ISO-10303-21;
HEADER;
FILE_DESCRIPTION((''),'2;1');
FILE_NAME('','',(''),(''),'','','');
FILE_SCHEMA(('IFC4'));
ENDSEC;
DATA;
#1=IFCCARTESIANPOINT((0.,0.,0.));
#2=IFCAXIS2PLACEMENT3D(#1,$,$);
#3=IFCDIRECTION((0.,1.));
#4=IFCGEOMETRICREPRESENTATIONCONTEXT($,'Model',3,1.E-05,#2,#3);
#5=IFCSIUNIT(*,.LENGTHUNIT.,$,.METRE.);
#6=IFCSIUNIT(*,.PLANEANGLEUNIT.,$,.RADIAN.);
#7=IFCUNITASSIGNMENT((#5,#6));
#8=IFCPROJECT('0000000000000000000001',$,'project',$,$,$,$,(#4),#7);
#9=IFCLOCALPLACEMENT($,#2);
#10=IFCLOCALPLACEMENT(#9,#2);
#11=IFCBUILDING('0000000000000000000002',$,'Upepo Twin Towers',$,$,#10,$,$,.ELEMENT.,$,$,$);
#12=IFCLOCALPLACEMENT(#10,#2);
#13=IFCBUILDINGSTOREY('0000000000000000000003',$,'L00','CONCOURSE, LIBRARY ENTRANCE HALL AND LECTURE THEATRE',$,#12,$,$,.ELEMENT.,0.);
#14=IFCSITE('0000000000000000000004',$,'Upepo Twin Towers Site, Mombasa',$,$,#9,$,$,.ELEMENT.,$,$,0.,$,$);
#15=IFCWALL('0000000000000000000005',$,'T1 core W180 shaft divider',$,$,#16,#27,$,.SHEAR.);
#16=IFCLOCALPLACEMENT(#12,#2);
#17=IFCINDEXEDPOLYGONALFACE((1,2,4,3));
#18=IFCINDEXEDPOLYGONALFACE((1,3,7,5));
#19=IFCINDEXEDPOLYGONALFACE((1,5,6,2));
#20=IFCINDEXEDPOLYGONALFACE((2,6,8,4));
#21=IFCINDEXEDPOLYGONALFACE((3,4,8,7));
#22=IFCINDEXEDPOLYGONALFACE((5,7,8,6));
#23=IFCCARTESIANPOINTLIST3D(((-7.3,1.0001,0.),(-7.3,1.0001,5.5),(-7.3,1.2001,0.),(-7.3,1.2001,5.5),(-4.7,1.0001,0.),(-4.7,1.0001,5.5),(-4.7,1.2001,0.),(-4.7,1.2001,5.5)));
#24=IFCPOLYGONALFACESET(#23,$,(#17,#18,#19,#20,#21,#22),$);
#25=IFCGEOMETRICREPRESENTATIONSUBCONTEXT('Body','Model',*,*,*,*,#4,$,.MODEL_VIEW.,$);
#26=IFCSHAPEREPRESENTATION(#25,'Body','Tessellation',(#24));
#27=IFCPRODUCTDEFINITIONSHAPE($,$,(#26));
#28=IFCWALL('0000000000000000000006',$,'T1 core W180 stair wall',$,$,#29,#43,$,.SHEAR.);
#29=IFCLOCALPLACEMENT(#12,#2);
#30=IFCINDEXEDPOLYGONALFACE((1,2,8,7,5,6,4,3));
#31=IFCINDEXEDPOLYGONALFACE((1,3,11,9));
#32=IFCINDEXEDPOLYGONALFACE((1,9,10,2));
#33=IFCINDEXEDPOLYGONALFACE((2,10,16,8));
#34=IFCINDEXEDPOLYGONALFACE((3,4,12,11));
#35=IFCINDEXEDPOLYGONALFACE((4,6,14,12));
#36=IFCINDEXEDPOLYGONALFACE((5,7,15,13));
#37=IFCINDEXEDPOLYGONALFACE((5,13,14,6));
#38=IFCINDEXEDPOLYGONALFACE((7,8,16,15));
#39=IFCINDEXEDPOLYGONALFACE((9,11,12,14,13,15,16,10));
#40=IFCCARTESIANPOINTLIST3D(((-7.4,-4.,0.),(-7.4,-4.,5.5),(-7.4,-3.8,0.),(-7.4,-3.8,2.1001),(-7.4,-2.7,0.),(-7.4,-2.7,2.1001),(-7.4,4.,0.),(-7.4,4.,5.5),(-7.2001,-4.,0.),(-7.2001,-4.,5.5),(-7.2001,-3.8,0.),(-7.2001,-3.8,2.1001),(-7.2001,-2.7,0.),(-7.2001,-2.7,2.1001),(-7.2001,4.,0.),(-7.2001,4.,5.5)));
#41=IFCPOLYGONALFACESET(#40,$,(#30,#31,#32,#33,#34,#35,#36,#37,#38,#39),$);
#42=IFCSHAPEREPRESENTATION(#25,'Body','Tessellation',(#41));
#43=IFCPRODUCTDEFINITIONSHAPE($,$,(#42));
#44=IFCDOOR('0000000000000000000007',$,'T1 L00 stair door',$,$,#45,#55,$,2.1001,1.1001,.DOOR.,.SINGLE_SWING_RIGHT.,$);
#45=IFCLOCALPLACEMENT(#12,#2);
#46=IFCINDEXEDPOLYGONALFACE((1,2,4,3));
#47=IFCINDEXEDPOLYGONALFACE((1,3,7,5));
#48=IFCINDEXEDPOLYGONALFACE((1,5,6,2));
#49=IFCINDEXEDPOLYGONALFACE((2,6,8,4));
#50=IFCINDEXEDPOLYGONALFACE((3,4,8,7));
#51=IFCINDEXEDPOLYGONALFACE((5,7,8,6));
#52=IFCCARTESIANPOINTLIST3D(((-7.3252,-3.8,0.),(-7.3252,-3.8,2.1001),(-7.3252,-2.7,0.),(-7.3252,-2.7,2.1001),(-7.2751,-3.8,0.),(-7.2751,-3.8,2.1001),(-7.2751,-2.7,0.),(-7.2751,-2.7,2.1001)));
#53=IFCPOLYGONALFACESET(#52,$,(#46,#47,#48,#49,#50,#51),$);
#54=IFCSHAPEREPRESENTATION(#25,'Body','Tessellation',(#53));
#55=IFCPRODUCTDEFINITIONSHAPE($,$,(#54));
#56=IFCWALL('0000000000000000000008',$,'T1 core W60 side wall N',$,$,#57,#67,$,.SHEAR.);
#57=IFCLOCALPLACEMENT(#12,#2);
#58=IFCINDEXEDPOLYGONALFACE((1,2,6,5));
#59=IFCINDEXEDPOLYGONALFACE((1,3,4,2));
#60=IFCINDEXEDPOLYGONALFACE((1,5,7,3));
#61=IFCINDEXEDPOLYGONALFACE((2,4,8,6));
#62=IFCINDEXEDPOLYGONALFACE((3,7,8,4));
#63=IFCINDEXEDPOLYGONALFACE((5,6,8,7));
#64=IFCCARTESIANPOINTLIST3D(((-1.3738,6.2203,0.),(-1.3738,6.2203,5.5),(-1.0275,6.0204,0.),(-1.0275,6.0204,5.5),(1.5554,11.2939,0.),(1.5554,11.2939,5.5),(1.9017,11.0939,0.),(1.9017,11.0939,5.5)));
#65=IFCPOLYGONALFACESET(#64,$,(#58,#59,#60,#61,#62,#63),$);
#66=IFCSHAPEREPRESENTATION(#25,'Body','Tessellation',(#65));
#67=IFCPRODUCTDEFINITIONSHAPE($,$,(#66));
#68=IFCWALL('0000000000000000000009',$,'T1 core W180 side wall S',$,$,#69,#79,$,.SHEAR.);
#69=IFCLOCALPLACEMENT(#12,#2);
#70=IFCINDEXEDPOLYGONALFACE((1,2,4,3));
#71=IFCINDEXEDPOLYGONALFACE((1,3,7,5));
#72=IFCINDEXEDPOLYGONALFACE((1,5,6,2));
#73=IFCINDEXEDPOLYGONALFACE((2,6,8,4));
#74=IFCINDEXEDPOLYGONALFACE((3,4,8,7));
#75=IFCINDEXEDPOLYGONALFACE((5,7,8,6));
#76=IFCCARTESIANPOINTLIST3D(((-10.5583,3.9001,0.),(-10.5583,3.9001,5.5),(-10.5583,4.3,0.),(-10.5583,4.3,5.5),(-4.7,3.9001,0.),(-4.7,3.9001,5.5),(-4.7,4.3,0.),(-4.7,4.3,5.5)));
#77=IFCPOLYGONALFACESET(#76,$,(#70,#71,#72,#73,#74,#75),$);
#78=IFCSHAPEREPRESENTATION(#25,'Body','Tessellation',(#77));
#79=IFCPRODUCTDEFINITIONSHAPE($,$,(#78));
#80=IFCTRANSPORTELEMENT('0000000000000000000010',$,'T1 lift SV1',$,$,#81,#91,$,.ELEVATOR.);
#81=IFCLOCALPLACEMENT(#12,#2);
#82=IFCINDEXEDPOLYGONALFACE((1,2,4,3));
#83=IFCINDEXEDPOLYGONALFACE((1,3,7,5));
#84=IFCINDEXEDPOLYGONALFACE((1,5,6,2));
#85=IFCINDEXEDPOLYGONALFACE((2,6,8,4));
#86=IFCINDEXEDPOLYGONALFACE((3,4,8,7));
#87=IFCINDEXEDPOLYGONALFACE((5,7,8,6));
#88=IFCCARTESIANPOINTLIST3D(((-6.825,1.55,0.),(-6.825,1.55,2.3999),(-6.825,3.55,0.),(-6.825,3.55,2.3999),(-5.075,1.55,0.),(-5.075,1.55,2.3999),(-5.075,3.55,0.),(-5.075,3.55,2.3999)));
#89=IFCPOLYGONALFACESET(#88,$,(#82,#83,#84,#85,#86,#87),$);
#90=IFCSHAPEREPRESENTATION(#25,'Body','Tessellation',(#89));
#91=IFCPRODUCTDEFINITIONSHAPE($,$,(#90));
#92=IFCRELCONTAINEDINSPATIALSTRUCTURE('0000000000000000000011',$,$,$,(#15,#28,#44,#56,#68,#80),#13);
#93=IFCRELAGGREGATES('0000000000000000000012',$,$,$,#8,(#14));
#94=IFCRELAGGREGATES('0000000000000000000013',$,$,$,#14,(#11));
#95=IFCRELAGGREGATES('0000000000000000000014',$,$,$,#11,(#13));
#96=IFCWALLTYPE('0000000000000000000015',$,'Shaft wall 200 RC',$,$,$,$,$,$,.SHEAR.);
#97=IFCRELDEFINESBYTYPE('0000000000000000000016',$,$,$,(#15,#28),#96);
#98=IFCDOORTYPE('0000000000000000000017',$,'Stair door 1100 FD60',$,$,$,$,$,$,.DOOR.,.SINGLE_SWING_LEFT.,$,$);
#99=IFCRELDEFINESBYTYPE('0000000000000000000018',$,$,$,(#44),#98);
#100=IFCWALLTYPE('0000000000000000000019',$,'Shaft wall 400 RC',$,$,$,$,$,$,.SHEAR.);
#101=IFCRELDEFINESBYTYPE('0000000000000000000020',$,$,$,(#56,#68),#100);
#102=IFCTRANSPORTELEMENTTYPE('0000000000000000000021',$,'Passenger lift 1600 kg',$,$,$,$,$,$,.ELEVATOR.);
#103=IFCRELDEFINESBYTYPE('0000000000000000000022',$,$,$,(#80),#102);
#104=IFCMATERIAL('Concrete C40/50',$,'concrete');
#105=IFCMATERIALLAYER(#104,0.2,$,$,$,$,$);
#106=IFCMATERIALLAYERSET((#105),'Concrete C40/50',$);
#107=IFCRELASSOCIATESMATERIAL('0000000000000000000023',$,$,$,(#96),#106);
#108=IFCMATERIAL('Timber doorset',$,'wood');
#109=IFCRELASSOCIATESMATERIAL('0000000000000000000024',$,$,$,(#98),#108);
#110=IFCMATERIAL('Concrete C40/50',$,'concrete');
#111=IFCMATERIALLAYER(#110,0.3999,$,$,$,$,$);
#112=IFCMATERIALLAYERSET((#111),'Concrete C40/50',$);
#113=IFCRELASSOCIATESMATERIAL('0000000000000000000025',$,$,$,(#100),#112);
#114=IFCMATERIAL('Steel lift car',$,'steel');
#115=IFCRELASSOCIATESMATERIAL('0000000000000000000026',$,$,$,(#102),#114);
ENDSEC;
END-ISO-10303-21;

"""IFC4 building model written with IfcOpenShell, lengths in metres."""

from ifc_helpers import new_model, si_unit, direction, frame, frame_2d, origin, origin_2d, place, context, subcontext, project, spatial, rectangle, extrude, material, layer, layer_set, type_object, element, fill, save


model = new_model("IFC4")

# Units and contexts
model_context = context("Model", 3, precision=1e-05, world=origin(), true_north=direction((0.0, 1.0)))
body_context = subcontext(model_context, "Body", "Model", "MODEL_VIEW")
ifc_project = project(units=[si_unit("LENGTHUNIT", "METRE"), si_unit("PLANEANGLEUNIT", "RADIAN")], contexts=[model_context])

# Site, building, storey
site_placement = place(None, origin())
site = spatial("IfcSite", under=ifc_project, at=site_placement, Name="Upepo Twin Towers Site, Mombasa", CompositionType="ELEMENT", RefElevation=0.0)
building_placement = place(site_placement, origin())
building = spatial("IfcBuilding", under=site, at=building_placement, Name="Upepo Twin Towers", CompositionType="ELEMENT")
storey_placement = place(building_placement, origin())
storey = spatial("IfcBuildingStorey", under=building, at=storey_placement, Name="L00", Description="CONCOURSE, LIBRARY ENTRANCE HALL AND LECTURE THEATRE", CompositionType="ELEMENT", Elevation=0.0)

# Shared definitions
ifc_material_1 = material(Name="Concrete C40/50", Category="concrete")
ifc_layer_1 = layer(ifc_material_1, 0.2)
ifc_layer_set_1 = layer_set([ifc_layer_1], Name="Concrete C40/50")
wall_type_1 = type_object("IfcWallType", Name="Shaft wall 200 RC", PredefinedType="SHEAR", material=ifc_layer_set_1)

# Wall
wall_1_placement = place(storey_placement, frame((-4.7, 1.1001, 0.0), z_axis=(0.0, 0.0, 1.0), x_axis=(-1.0, 0.0, 0.0)))
element("IfcWall", 1, at=wall_1_placement, inside=storey, type_object=wall_type_1, Name="T1 core W180 shaft divider", PredefinedType="SHEAR", context=body_context, shape_type="SweptSolid", body=[
    extrude(rectangle(XDim=2.6001, YDim=0.2, at=frame_2d((1.3, 0.0))), origin(), (0.0, 0.0, 1.0), 5.5),
])

# Wall, opening, door
wall_2_placement = place(storey_placement, frame((-7.3, 4.0, 0.0), z_axis=(0.0, 0.0, 1.0), x_axis=(0.0, -1.0, 0.0)))
wall_2 = element("IfcWall", 2, at=wall_2_placement, inside=storey, type_object=wall_type_1, Name="T1 core W180 stair wall", PredefinedType="SHEAR", context=body_context, shape_type="SweptSolid", body=[
    extrude(rectangle(XDim=8.0, YDim=0.2, at=frame_2d((4.0, 0.0))), origin(), (0.0, 0.0, 1.0), 5.5),
])
opening_1_placement = place(wall_2_placement, frame((6.7, 0.0, 0.0)))
opening_1 = element("IfcOpeningElement", 3, at=opening_1_placement, cuts=wall_2, PredefinedType="OPENING", context=body_context, shape_type="SweptSolid", body=[
    extrude(rectangle(XDim=1.1001, YDim=2.1001, at=frame_2d((0.55, 1.05))), frame((0.0, 0.1099, 0.0), z_axis=(0.0, -1.0, 0.0), x_axis=(1.0, 0.0, 0.0)), (0.0, 0.0, 1.0), 0.22),
])
ifc_material_2 = material(Name="Timber doorset", Category="wood")
door_type_1 = type_object("IfcDoorType", Name="Stair door 1100 FD60", OperationType="SINGLE_SWING_LEFT", PredefinedType="DOOR", material=ifc_material_2)
door_1_placement = place(opening_1_placement, origin())
door_1 = element("IfcDoor", 4, at=door_1_placement, inside=storey, type_object=door_type_1, Name="T1 L00 stair door", OperationType="SINGLE_SWING_RIGHT", OverallHeight=2.1001, OverallWidth=1.1001, PredefinedType="DOOR", context=body_context, shape_type="SweptSolid", body=[
    extrude(rectangle(XDim=1.1001, YDim=2.1001, at=frame_2d((0.55, 1.05))), frame((0.0, 0.0249, 0.0), z_axis=(0.0, -1.0, 0.0), x_axis=(1.0, 0.0, 0.0)), (0.0, 0.0, 1.0), 0.05),
])
fill(opening_1, door_1)

# Walls
ifc_material_3 = material(Name="Concrete C40/50", Category="concrete")
ifc_layer_2 = layer(ifc_material_3, 0.3999)
ifc_layer_set_2 = layer_set([ifc_layer_2], Name="Concrete C40/50")
wall_type_2 = type_object("IfcWallType", Name="Shaft wall 400 RC", PredefinedType="SHEAR", material=ifc_layer_set_2)
for number, where, z_axis, x_axis, name in (
    (5, (-1.2007, 6.1204, 0.0), (0.0, 0.0, 1.0), (0.500003, 0.866024, 0.0), "T1 core W60 side wall N"),
    (6, (-4.7, 4.1001, 0.0), (0.0, 0.0, 1.0), (-1.0, 0.0, 0.0), "T1 core W180 side wall S"),
):
    element("IfcWall", number, at=place(storey_placement, frame(where, z_axis=z_axis, x_axis=x_axis)), inside=storey, type_object=wall_type_2, Name=name, PredefinedType="SHEAR", context=body_context, shape_type="SweptSolid", body=[
        extrude(rectangle(XDim=5.8584, YDim=0.3999, at=frame_2d((2.9292, 0.0))), origin(), (0.0, 0.0, 1.0), 5.5),
    ])

# Transport element
ifc_material_4 = material(Name="Steel lift car", Category="steel")
transport_element_type = type_object("IfcTransportElementType", Name="Passenger lift 1600 kg", PredefinedType="ELEVATOR", material=ifc_material_4)
transport_element_placement = place(storey_placement, frame((-5.95, 2.55, 0.0), z_axis=(0.0, 0.0, 1.0), x_axis=(0.0, 1.0, 0.0)))
element("IfcTransportElement", 7, at=transport_element_placement, inside=storey, type_object=transport_element_type, Name="T1 lift SV1", PredefinedType="ELEVATOR", context=body_context, shape_type="SweptSolid", body=[
    extrude(rectangle(XDim=2.0, YDim=1.75, at=origin_2d()), origin(), (0.0, 0.0, 1.0), 2.3999),
])

save(model, "model.ifc")
